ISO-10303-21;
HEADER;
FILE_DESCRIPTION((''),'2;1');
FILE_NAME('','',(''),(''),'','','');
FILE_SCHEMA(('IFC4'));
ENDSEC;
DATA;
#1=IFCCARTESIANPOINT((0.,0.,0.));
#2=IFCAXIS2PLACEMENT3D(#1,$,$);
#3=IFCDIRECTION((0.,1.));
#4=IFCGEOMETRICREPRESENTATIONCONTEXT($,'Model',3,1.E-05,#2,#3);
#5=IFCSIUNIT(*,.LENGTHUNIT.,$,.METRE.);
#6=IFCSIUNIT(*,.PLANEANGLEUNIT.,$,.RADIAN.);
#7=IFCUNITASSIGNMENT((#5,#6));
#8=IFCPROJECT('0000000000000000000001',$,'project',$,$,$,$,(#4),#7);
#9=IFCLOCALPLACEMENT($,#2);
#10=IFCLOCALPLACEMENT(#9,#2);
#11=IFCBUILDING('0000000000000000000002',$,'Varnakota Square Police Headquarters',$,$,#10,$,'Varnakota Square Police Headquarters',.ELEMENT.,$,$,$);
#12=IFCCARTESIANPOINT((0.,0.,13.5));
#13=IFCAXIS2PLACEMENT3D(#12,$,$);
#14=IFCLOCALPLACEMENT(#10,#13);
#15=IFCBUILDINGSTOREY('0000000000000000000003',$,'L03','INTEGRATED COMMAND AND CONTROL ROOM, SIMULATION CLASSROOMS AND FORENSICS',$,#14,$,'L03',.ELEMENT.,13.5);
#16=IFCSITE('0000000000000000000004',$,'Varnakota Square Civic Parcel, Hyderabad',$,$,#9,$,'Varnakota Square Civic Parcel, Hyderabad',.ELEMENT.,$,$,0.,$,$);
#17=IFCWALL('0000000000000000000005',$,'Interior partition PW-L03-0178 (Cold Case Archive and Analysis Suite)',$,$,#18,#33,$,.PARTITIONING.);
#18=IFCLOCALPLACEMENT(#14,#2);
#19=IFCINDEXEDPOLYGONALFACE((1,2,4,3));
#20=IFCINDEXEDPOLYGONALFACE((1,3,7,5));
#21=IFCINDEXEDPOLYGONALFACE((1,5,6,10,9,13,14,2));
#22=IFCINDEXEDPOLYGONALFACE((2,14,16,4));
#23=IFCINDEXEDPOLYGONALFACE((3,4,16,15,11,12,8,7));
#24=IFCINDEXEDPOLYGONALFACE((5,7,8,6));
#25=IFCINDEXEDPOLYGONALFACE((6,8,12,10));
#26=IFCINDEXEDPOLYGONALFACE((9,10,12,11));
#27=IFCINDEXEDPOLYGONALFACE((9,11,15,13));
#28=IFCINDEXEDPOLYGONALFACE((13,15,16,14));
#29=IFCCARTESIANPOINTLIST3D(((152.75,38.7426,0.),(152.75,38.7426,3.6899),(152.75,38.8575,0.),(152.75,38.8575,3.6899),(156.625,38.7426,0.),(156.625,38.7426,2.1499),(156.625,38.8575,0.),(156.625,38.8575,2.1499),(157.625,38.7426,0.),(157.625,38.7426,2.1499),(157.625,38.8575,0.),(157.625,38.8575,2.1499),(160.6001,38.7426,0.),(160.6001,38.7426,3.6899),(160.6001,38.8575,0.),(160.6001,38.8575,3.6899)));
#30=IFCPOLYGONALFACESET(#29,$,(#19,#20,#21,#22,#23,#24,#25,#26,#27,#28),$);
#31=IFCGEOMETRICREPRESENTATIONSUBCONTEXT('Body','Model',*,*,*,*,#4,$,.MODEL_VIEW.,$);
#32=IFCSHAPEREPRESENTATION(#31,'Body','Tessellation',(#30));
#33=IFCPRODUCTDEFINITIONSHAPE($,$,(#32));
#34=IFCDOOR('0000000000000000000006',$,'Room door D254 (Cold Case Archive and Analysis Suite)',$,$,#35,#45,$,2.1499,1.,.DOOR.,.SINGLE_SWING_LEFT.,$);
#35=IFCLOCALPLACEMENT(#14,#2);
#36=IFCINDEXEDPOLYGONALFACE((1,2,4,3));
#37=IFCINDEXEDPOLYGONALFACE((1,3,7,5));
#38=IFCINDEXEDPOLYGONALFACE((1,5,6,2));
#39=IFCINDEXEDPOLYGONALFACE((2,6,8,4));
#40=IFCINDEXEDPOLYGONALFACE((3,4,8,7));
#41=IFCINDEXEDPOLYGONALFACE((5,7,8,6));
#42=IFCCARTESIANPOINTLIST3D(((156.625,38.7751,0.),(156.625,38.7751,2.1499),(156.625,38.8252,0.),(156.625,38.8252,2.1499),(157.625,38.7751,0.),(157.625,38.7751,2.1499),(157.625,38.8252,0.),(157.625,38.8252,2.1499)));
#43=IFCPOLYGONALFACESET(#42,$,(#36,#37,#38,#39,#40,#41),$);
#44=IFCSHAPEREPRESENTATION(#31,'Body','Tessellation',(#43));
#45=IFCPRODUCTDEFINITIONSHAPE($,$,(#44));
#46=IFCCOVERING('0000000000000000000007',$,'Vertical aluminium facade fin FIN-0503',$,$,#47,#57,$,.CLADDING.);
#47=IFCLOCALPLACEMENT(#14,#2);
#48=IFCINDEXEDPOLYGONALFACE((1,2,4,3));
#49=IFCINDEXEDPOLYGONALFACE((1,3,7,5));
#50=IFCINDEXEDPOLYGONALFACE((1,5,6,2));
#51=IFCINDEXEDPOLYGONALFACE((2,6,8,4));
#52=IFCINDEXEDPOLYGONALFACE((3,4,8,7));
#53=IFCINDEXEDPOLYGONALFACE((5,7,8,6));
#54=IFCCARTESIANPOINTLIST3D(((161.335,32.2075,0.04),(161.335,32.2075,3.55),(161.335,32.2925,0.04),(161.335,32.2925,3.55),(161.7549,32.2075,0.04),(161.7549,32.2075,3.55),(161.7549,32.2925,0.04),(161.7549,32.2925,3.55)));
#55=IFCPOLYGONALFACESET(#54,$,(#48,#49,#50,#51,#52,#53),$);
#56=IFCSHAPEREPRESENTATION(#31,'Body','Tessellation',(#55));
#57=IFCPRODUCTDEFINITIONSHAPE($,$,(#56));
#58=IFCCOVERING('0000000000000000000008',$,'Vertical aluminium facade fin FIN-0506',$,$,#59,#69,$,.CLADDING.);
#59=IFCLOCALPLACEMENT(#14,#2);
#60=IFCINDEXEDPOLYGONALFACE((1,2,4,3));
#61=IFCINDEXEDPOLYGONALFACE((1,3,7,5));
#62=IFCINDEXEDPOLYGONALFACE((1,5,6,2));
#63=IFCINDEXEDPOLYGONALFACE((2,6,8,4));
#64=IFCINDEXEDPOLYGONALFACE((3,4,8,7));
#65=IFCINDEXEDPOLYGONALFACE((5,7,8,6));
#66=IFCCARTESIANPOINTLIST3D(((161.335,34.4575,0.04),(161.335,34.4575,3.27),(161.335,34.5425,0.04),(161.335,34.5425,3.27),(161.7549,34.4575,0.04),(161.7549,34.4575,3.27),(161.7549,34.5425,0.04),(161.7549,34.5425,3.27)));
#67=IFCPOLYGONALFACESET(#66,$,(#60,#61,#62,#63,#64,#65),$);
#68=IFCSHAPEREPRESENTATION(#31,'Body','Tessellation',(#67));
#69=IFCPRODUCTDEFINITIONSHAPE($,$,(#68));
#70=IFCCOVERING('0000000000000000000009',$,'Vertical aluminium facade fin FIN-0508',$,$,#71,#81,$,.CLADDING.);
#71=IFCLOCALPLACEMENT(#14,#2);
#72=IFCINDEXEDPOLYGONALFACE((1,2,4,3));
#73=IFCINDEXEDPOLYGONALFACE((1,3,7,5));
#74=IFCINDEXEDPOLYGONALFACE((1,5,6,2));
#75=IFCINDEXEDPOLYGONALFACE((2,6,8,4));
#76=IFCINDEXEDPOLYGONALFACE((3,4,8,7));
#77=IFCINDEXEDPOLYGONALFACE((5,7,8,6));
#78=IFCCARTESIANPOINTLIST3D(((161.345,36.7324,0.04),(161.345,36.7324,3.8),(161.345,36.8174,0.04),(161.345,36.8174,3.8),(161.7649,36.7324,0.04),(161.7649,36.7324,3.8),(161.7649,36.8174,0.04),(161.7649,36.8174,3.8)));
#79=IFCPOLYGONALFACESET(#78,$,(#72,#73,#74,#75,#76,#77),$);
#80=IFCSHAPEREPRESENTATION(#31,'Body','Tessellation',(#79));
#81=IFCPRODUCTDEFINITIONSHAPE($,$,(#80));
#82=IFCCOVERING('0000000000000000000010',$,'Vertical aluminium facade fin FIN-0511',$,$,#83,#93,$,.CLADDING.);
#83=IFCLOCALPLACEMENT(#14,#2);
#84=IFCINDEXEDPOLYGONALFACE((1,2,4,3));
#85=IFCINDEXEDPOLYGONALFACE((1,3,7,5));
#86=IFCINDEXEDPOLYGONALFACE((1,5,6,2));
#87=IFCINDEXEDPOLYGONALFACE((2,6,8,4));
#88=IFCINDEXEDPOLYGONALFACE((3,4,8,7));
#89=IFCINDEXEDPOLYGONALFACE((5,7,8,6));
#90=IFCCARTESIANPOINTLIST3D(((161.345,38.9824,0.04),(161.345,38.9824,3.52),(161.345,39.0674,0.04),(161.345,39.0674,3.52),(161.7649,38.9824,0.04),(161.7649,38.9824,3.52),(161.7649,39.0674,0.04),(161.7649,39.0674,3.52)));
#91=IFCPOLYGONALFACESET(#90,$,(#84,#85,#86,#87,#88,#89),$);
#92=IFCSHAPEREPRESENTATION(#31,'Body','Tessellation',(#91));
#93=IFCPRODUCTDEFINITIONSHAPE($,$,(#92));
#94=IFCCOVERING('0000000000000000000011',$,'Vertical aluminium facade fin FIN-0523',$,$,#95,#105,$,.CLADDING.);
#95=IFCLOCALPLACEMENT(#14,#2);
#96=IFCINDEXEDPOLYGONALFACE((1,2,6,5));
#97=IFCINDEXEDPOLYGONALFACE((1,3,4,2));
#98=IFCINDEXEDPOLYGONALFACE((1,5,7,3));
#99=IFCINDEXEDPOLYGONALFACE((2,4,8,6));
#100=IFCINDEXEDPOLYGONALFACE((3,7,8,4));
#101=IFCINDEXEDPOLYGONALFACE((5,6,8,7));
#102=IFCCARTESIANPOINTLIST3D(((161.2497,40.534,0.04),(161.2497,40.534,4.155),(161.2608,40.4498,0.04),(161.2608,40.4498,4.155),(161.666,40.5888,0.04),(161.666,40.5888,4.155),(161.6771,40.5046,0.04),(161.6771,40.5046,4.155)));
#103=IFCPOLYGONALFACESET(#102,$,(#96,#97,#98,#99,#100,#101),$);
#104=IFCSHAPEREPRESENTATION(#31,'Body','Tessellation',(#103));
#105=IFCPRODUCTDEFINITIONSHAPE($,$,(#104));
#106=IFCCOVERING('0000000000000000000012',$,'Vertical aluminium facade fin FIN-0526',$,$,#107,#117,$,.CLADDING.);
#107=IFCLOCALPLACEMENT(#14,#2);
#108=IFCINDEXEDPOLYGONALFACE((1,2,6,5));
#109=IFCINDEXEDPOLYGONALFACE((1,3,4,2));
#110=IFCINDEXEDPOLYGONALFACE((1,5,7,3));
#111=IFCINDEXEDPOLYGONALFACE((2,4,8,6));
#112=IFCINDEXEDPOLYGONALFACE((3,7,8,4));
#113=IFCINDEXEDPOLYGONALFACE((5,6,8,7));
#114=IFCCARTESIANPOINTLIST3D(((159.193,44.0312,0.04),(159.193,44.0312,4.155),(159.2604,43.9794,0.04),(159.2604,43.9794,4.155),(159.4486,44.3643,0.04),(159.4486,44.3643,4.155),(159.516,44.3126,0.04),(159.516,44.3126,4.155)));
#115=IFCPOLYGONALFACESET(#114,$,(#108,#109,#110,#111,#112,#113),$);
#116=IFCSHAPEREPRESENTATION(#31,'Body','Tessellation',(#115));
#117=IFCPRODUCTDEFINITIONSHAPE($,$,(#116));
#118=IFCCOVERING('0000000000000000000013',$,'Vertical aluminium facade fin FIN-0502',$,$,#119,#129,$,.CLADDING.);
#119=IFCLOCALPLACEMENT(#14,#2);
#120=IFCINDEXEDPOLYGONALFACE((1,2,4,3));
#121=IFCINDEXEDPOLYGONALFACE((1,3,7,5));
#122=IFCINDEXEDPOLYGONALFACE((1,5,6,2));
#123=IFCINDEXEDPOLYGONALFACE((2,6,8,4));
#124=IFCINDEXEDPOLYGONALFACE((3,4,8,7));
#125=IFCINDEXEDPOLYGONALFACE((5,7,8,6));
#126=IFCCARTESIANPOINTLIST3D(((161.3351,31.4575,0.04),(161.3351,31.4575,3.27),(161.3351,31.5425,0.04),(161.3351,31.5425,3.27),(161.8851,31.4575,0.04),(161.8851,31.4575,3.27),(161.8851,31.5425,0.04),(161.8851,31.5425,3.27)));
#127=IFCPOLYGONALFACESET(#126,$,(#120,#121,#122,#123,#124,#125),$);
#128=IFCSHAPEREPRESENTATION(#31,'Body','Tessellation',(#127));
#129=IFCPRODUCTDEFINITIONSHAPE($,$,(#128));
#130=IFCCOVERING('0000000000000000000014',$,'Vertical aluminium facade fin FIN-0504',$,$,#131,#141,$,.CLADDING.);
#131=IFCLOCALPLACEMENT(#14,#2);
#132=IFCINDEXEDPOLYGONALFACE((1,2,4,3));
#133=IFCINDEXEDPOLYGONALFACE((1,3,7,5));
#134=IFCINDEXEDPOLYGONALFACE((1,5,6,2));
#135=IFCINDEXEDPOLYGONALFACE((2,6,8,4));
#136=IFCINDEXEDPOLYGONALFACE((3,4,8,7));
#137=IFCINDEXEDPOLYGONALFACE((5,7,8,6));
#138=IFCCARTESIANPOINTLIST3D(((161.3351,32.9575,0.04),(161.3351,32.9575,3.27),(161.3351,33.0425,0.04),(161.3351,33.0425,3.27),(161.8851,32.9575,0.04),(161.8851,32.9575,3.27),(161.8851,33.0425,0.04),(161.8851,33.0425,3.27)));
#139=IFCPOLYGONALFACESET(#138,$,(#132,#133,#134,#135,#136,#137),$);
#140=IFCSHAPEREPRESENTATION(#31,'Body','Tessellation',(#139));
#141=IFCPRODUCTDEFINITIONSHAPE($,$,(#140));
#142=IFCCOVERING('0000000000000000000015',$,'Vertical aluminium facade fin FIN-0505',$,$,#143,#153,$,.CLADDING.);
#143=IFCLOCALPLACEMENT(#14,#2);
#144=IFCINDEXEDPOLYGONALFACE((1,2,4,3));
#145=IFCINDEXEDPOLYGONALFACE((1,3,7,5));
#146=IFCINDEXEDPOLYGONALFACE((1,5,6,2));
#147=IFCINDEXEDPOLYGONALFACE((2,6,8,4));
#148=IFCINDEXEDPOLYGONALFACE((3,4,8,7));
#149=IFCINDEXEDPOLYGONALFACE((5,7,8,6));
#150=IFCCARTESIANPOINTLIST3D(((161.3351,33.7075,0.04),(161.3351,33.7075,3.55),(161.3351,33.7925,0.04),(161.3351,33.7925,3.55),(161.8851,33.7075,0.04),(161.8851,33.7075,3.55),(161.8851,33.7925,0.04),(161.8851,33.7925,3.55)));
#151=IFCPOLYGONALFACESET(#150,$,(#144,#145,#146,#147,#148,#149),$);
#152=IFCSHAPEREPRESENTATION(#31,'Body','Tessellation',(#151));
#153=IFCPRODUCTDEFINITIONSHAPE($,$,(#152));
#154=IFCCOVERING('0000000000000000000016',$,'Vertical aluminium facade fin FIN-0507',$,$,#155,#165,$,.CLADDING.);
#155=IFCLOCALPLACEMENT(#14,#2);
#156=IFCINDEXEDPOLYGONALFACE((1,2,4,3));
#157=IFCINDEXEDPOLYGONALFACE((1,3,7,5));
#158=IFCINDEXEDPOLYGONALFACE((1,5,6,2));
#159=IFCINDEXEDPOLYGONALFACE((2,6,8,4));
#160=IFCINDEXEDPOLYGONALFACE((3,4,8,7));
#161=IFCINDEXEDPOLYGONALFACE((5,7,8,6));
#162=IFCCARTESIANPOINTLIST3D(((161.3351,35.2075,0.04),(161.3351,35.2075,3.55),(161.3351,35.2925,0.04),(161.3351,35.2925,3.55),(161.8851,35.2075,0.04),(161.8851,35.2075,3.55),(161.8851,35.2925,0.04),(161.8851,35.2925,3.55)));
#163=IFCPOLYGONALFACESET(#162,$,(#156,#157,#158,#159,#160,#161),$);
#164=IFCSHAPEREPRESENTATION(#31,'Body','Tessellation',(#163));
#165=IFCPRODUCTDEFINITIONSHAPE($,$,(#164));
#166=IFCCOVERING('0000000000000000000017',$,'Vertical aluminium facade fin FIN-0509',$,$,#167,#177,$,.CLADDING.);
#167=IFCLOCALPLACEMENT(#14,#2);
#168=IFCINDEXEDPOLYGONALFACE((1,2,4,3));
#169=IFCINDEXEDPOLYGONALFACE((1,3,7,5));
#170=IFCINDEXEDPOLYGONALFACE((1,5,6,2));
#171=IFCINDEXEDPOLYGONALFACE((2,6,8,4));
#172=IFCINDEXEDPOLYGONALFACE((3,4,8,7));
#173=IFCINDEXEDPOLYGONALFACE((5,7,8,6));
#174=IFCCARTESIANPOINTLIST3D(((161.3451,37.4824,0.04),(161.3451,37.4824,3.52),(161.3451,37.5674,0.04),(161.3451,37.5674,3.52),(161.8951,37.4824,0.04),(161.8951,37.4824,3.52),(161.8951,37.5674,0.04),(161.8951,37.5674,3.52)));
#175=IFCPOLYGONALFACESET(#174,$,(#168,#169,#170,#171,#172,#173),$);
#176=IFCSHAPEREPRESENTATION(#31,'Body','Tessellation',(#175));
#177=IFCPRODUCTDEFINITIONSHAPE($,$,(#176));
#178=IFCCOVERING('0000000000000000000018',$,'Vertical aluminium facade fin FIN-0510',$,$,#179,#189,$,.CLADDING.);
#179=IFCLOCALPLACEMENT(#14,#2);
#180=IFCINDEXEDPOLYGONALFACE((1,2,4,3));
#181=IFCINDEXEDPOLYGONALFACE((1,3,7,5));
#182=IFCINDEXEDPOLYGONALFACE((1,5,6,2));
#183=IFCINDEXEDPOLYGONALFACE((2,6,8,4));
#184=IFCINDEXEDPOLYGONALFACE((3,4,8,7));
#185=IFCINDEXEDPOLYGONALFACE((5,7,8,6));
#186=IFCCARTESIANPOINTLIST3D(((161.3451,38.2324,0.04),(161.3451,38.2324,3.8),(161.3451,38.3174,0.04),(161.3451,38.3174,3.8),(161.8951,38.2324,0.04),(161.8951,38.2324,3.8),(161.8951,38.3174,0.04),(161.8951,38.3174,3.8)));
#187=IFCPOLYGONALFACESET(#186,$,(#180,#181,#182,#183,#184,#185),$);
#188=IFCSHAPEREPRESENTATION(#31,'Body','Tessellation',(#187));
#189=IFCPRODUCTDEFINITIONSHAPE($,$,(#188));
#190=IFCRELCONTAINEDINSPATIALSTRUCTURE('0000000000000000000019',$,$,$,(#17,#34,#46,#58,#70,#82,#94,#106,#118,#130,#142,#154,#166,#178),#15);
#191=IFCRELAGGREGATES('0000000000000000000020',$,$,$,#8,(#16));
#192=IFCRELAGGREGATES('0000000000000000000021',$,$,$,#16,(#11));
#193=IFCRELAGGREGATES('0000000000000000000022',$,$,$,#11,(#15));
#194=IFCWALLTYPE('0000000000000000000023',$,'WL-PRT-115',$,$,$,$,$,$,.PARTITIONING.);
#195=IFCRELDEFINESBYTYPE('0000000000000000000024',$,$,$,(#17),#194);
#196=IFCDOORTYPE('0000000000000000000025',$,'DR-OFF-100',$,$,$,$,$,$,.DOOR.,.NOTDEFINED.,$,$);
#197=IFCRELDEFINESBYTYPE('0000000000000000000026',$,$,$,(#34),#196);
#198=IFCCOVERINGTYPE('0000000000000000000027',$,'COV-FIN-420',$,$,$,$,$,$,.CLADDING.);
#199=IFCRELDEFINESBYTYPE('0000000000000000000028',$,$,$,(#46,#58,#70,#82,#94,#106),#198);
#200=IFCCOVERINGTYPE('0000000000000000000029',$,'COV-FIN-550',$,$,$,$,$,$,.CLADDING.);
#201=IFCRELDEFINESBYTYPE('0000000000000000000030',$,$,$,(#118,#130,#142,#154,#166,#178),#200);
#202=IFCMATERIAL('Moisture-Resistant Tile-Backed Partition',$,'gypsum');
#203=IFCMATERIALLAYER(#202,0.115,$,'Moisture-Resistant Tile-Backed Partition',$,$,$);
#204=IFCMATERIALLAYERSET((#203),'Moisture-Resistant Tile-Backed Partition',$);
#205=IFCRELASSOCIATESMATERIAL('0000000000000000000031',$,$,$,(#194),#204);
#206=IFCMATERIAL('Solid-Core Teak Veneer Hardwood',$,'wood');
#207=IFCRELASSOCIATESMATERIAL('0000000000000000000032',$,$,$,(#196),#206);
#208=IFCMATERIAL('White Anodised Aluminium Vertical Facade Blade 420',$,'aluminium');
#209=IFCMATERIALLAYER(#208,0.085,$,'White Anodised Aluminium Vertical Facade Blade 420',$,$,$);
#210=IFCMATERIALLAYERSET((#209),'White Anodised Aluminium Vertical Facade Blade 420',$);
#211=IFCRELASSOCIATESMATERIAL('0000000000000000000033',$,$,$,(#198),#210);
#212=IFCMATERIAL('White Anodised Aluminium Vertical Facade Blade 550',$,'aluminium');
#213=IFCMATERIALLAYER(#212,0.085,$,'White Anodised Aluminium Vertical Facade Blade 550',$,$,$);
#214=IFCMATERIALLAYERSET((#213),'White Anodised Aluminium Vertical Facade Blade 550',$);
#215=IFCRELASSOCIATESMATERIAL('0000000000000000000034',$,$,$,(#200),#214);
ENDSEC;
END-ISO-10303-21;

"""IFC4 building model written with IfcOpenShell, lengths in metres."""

from ifc_helpers import new_model, si_unit, direction, frame, frame_2d, origin, origin_2d, place, context, subcontext, project, spatial, rectangle, extrude, material, layer, layer_set, type_object, element, fill, save


model = new_model("IFC4")

# Units and contexts
model_context = context("Model", 3, precision=1e-05, world=origin(), true_north=direction((0.0, 1.0)))
body_context = subcontext(model_context, "Body", "Model", "MODEL_VIEW")
ifc_project = project(units=[si_unit("LENGTHUNIT", "METRE"), si_unit("PLANEANGLEUNIT", "RADIAN")], contexts=[model_context])

# Site, building, storey
site_placement = place(None, origin())
site = spatial("IfcSite", under=ifc_project, at=site_placement, Name="Varnakota Square Civic Parcel, Hyderabad", LongName="Varnakota Square Civic Parcel, Hyderabad", CompositionType="ELEMENT", RefElevation=0.0)
building_placement = place(site_placement, origin())
building = spatial("IfcBuilding", under=site, at=building_placement, Name="Varnakota Square Police Headquarters", LongName="Varnakota Square Police Headquarters", CompositionType="ELEMENT")
storey_placement = place(building_placement, frame((0.0, 0.0, 13.5)))
storey = spatial("IfcBuildingStorey", under=building, at=storey_placement, Name="L03", Description="INTEGRATED COMMAND AND CONTROL ROOM, SIMULATION CLASSROOMS AND FORENSICS", LongName="L03", CompositionType="ELEMENT", Elevation=13.5)

# Wall, opening, door
ifc_material_1 = material(Name="Moisture-Resistant Tile-Backed Partition", Category="gypsum")
ifc_layer_1 = layer(ifc_material_1, 0.115, Name="Moisture-Resistant Tile-Backed Partition")
ifc_layer_set_1 = layer_set([ifc_layer_1], Name="Moisture-Resistant Tile-Backed Partition")
wall_type_1 = type_object("IfcWallType", Name="WL-PRT-115", PredefinedType="PARTITIONING", material=ifc_layer_set_1)
wall_1_placement = place(storey_placement, frame((160.6001, 38.8, 0.0), z_axis=(0.0, 0.0, 1.0), x_axis=(-1.0, 0.0, 0.0)))
wall_1 = element("IfcWall", 1, at=wall_1_placement, inside=storey, type_object=wall_type_1, Name="Interior partition PW-L03-0178 (Cold Case Archive and Analysis Suite)", PredefinedType="PARTITIONING", context=body_context, shape_type="SweptSolid", body=[
    extrude(rectangle(XDim=7.8501, YDim=0.115, at=frame_2d((3.925, 0.0))), origin(), (0.0, 0.0, 1.0), 3.6899),
])
opening_placement = place(wall_1_placement, frame((2.9751, 0.0, 0.0)))
opening = element("IfcOpeningElement", 2, at=opening_placement, cuts=wall_1, PredefinedType="OPENING", context=body_context, shape_type="SweptSolid", body=[
    extrude(rectangle(XDim=1.0, YDim=2.1499, at=frame_2d((0.5, 1.075))), frame((0.0, 0.0674, 0.0), z_axis=(0.0, -1.0, 0.0), x_axis=(1.0, 0.0, 0.0)), (0.0, 0.0, 1.0), 0.135),
])
ifc_material_2 = material(Name="Solid-Core Teak Veneer Hardwood", Category="wood")
door_type = type_object("IfcDoorType", Name="DR-OFF-100", OperationType="NOTDEFINED", PredefinedType="DOOR", material=ifc_material_2)
door_placement = place(opening_placement, origin())
door = element("IfcDoor", 3, at=door_placement, inside=storey, type_object=door_type, Name="Room door D254 (Cold Case Archive and Analysis Suite)", OperationType="SINGLE_SWING_LEFT", OverallHeight=2.1499, OverallWidth=1.0, PredefinedType="DOOR", context=body_context, shape_type="SweptSolid", body=[
    extrude(rectangle(XDim=1.0, YDim=2.1499, at=frame_2d((0.5, 1.075))), frame((0.0, 0.0249, 0.0), z_axis=(0.0, -1.0, 0.0), x_axis=(1.0, 0.0, 0.0)), (0.0, 0.0, 1.0), 0.05),
])
fill(opening, door)

# Coverings
ifc_material_3 = material(Name="White Anodised Aluminium Vertical Facade Blade 420", Category="aluminium")
ifc_layer_2 = layer(ifc_material_3, 0.085, Name="White Anodised Aluminium Vertical Facade Blade 420")
ifc_layer_set_2 = layer_set([ifc_layer_2], Name="White Anodised Aluminium Vertical Facade Blade 420")
covering_type_1 = type_object("IfcCoveringType", Name="COV-FIN-420", PredefinedType="CLADDING", material=ifc_layer_set_2)
covering_1_placement = place(storey_placement, frame((161.5449, 32.25, 0.04), z_axis=(0.0, 0.0, 1.0), x_axis=(0.0, 1.0, 0.0)))
element("IfcCovering", 4, at=covering_1_placement, inside=storey, type_object=covering_type_1, Name="Vertical aluminium facade fin FIN-0503", PredefinedType="CLADDING", context=body_context, shape_type="SweptSolid", body=[
    extrude(rectangle(XDim=0.085, YDim=0.4199, at=origin_2d()), origin(), (0.0, 0.0, 1.0), 3.51),
])
covering_2_placement = place(storey_placement, frame((161.5449, 34.5, 0.04), z_axis=(0.0, 0.0, 1.0), x_axis=(0.0, 1.0, 0.0)))
element("IfcCovering", 5, at=covering_2_placement, inside=storey, type_object=covering_type_1, Name="Vertical aluminium facade fin FIN-0506", PredefinedType="CLADDING", context=body_context, shape_type="SweptSolid", body=[
    extrude(rectangle(XDim=0.085, YDim=0.4199, at=origin_2d()), origin(), (0.0, 0.0, 1.0), 3.23),
])
covering_3_placement = place(storey_placement, frame((161.5549, 36.7749, 0.04), z_axis=(0.0, 0.0, 1.0), x_axis=(0.0, 1.0, 0.0)))
element("IfcCovering", 6, at=covering_3_placement, inside=storey, type_object=covering_type_1, Name="Vertical aluminium facade fin FIN-0508", PredefinedType="CLADDING", context=body_context, shape_type="SweptSolid", body=[
    extrude(rectangle(XDim=0.085, YDim=0.4199, at=origin_2d()), origin(), (0.0, 0.0, 1.0), 3.76),
])
covering_4_placement = place(storey_placement, frame((161.5549, 39.0249, 0.04), z_axis=(0.0, 0.0, 1.0), x_axis=(0.0, 1.0, 0.0)))
element("IfcCovering", 7, at=covering_4_placement, inside=storey, type_object=covering_type_1, Name="Vertical aluminium facade fin FIN-0511", PredefinedType="CLADDING", context=body_context, shape_type="SweptSolid", body=[
    extrude(rectangle(XDim=0.085, YDim=0.4199, at=origin_2d()), origin(), (0.0, 0.0, 1.0), 3.48),
])
for number, where, z_axis, x_axis, name in (
    (8, (161.4634, 40.5193, 0.04), (0.0, 0.0, 1.0), (-0.130526, 0.991445, 0.0), "Vertical aluminium facade fin FIN-0523"),
    (9, (159.3545, 44.1719, 0.04), (0.0, 0.0, 1.0), (-0.793353, 0.608761, 0.0), "Vertical aluminium facade fin FIN-0526"),
):
    element("IfcCovering", number, at=place(storey_placement, frame(where, z_axis=z_axis, x_axis=x_axis)), inside=storey, type_object=covering_type_1, Name=name, PredefinedType="CLADDING", context=body_context, shape_type="SweptSolid", body=[
        extrude(rectangle(XDim=0.085, YDim=0.4199, at=origin_2d()), origin(), (0.0, 0.0, 1.0), 4.115),
    ])
ifc_material_4 = material(Name="White Anodised Aluminium Vertical Facade Blade 550", Category="aluminium")
ifc_layer_3 = layer(ifc_material_4, 0.085, Name="White Anodised Aluminium Vertical Facade Blade 550")
ifc_layer_set_3 = layer_set([ifc_layer_3], Name="White Anodised Aluminium Vertical Facade Blade 550")
covering_type_2 = type_object("IfcCoveringType", Name="COV-FIN-550", PredefinedType="CLADDING", material=ifc_layer_set_3)
for number, where, z_axis, x_axis, name in (
    (10, (161.6101, 31.5, 0.04), (0.0, 0.0, 1.0), (0.0, 1.0, 0.0), "Vertical aluminium facade fin FIN-0502"),
    (11, (161.6101, 33.0, 0.04), (0.0, 0.0, 1.0), (0.0, 1.0, 0.0), "Vertical aluminium facade fin FIN-0504"),
):
    element("IfcCovering", number, at=place(storey_placement, frame(where, z_axis=z_axis, x_axis=x_axis)), inside=storey, type_object=covering_type_2, Name=name, PredefinedType="CLADDING", context=body_context, shape_type="SweptSolid", body=[
        extrude(rectangle(XDim=0.085, YDim=0.55, at=origin_2d()), origin(), (0.0, 0.0, 1.0), 3.23),
    ])
for number, where, z_axis, x_axis, name in (
    (12, (161.6101, 33.75, 0.04), (0.0, 0.0, 1.0), (0.0, 1.0, 0.0), "Vertical aluminium facade fin FIN-0505"),
    (13, (161.6101, 35.25, 0.04), (0.0, 0.0, 1.0), (0.0, 1.0, 0.0), "Vertical aluminium facade fin FIN-0507"),
):
    element("IfcCovering", number, at=place(storey_placement, frame(where, z_axis=z_axis, x_axis=x_axis)), inside=storey, type_object=covering_type_2, Name=name, PredefinedType="CLADDING", context=body_context, shape_type="SweptSolid", body=[
        extrude(rectangle(XDim=0.085, YDim=0.55, at=origin_2d()), origin(), (0.0, 0.0, 1.0), 3.51),
    ])
covering_5_placement = place(storey_placement, frame((161.6201, 37.5249, 0.04), z_axis=(0.0, 0.0, 1.0), x_axis=(0.0, 1.0, 0.0)))
element("IfcCovering", 14, at=covering_5_placement, inside=storey, type_object=covering_type_2, Name="Vertical aluminium facade fin FIN-0509", PredefinedType="CLADDING", context=body_context, shape_type="SweptSolid", body=[
    extrude(rectangle(XDim=0.085, YDim=0.55, at=origin_2d()), origin(), (0.0, 0.0, 1.0), 3.48),
])
covering_6_placement = place(storey_placement, frame((161.6201, 38.2749, 0.04), z_axis=(0.0, 0.0, 1.0), x_axis=(0.0, 1.0, 0.0)))
element("IfcCovering", 15, at=covering_6_placement, inside=storey, type_object=covering_type_2, Name="Vertical aluminium facade fin FIN-0510", PredefinedType="CLADDING", context=body_context, shape_type="SweptSolid", body=[
    extrude(rectangle(XDim=0.085, YDim=0.55, at=origin_2d()), origin(), (0.0, 0.0, 1.0), 3.76),
])

save(model, "model.ifc")
